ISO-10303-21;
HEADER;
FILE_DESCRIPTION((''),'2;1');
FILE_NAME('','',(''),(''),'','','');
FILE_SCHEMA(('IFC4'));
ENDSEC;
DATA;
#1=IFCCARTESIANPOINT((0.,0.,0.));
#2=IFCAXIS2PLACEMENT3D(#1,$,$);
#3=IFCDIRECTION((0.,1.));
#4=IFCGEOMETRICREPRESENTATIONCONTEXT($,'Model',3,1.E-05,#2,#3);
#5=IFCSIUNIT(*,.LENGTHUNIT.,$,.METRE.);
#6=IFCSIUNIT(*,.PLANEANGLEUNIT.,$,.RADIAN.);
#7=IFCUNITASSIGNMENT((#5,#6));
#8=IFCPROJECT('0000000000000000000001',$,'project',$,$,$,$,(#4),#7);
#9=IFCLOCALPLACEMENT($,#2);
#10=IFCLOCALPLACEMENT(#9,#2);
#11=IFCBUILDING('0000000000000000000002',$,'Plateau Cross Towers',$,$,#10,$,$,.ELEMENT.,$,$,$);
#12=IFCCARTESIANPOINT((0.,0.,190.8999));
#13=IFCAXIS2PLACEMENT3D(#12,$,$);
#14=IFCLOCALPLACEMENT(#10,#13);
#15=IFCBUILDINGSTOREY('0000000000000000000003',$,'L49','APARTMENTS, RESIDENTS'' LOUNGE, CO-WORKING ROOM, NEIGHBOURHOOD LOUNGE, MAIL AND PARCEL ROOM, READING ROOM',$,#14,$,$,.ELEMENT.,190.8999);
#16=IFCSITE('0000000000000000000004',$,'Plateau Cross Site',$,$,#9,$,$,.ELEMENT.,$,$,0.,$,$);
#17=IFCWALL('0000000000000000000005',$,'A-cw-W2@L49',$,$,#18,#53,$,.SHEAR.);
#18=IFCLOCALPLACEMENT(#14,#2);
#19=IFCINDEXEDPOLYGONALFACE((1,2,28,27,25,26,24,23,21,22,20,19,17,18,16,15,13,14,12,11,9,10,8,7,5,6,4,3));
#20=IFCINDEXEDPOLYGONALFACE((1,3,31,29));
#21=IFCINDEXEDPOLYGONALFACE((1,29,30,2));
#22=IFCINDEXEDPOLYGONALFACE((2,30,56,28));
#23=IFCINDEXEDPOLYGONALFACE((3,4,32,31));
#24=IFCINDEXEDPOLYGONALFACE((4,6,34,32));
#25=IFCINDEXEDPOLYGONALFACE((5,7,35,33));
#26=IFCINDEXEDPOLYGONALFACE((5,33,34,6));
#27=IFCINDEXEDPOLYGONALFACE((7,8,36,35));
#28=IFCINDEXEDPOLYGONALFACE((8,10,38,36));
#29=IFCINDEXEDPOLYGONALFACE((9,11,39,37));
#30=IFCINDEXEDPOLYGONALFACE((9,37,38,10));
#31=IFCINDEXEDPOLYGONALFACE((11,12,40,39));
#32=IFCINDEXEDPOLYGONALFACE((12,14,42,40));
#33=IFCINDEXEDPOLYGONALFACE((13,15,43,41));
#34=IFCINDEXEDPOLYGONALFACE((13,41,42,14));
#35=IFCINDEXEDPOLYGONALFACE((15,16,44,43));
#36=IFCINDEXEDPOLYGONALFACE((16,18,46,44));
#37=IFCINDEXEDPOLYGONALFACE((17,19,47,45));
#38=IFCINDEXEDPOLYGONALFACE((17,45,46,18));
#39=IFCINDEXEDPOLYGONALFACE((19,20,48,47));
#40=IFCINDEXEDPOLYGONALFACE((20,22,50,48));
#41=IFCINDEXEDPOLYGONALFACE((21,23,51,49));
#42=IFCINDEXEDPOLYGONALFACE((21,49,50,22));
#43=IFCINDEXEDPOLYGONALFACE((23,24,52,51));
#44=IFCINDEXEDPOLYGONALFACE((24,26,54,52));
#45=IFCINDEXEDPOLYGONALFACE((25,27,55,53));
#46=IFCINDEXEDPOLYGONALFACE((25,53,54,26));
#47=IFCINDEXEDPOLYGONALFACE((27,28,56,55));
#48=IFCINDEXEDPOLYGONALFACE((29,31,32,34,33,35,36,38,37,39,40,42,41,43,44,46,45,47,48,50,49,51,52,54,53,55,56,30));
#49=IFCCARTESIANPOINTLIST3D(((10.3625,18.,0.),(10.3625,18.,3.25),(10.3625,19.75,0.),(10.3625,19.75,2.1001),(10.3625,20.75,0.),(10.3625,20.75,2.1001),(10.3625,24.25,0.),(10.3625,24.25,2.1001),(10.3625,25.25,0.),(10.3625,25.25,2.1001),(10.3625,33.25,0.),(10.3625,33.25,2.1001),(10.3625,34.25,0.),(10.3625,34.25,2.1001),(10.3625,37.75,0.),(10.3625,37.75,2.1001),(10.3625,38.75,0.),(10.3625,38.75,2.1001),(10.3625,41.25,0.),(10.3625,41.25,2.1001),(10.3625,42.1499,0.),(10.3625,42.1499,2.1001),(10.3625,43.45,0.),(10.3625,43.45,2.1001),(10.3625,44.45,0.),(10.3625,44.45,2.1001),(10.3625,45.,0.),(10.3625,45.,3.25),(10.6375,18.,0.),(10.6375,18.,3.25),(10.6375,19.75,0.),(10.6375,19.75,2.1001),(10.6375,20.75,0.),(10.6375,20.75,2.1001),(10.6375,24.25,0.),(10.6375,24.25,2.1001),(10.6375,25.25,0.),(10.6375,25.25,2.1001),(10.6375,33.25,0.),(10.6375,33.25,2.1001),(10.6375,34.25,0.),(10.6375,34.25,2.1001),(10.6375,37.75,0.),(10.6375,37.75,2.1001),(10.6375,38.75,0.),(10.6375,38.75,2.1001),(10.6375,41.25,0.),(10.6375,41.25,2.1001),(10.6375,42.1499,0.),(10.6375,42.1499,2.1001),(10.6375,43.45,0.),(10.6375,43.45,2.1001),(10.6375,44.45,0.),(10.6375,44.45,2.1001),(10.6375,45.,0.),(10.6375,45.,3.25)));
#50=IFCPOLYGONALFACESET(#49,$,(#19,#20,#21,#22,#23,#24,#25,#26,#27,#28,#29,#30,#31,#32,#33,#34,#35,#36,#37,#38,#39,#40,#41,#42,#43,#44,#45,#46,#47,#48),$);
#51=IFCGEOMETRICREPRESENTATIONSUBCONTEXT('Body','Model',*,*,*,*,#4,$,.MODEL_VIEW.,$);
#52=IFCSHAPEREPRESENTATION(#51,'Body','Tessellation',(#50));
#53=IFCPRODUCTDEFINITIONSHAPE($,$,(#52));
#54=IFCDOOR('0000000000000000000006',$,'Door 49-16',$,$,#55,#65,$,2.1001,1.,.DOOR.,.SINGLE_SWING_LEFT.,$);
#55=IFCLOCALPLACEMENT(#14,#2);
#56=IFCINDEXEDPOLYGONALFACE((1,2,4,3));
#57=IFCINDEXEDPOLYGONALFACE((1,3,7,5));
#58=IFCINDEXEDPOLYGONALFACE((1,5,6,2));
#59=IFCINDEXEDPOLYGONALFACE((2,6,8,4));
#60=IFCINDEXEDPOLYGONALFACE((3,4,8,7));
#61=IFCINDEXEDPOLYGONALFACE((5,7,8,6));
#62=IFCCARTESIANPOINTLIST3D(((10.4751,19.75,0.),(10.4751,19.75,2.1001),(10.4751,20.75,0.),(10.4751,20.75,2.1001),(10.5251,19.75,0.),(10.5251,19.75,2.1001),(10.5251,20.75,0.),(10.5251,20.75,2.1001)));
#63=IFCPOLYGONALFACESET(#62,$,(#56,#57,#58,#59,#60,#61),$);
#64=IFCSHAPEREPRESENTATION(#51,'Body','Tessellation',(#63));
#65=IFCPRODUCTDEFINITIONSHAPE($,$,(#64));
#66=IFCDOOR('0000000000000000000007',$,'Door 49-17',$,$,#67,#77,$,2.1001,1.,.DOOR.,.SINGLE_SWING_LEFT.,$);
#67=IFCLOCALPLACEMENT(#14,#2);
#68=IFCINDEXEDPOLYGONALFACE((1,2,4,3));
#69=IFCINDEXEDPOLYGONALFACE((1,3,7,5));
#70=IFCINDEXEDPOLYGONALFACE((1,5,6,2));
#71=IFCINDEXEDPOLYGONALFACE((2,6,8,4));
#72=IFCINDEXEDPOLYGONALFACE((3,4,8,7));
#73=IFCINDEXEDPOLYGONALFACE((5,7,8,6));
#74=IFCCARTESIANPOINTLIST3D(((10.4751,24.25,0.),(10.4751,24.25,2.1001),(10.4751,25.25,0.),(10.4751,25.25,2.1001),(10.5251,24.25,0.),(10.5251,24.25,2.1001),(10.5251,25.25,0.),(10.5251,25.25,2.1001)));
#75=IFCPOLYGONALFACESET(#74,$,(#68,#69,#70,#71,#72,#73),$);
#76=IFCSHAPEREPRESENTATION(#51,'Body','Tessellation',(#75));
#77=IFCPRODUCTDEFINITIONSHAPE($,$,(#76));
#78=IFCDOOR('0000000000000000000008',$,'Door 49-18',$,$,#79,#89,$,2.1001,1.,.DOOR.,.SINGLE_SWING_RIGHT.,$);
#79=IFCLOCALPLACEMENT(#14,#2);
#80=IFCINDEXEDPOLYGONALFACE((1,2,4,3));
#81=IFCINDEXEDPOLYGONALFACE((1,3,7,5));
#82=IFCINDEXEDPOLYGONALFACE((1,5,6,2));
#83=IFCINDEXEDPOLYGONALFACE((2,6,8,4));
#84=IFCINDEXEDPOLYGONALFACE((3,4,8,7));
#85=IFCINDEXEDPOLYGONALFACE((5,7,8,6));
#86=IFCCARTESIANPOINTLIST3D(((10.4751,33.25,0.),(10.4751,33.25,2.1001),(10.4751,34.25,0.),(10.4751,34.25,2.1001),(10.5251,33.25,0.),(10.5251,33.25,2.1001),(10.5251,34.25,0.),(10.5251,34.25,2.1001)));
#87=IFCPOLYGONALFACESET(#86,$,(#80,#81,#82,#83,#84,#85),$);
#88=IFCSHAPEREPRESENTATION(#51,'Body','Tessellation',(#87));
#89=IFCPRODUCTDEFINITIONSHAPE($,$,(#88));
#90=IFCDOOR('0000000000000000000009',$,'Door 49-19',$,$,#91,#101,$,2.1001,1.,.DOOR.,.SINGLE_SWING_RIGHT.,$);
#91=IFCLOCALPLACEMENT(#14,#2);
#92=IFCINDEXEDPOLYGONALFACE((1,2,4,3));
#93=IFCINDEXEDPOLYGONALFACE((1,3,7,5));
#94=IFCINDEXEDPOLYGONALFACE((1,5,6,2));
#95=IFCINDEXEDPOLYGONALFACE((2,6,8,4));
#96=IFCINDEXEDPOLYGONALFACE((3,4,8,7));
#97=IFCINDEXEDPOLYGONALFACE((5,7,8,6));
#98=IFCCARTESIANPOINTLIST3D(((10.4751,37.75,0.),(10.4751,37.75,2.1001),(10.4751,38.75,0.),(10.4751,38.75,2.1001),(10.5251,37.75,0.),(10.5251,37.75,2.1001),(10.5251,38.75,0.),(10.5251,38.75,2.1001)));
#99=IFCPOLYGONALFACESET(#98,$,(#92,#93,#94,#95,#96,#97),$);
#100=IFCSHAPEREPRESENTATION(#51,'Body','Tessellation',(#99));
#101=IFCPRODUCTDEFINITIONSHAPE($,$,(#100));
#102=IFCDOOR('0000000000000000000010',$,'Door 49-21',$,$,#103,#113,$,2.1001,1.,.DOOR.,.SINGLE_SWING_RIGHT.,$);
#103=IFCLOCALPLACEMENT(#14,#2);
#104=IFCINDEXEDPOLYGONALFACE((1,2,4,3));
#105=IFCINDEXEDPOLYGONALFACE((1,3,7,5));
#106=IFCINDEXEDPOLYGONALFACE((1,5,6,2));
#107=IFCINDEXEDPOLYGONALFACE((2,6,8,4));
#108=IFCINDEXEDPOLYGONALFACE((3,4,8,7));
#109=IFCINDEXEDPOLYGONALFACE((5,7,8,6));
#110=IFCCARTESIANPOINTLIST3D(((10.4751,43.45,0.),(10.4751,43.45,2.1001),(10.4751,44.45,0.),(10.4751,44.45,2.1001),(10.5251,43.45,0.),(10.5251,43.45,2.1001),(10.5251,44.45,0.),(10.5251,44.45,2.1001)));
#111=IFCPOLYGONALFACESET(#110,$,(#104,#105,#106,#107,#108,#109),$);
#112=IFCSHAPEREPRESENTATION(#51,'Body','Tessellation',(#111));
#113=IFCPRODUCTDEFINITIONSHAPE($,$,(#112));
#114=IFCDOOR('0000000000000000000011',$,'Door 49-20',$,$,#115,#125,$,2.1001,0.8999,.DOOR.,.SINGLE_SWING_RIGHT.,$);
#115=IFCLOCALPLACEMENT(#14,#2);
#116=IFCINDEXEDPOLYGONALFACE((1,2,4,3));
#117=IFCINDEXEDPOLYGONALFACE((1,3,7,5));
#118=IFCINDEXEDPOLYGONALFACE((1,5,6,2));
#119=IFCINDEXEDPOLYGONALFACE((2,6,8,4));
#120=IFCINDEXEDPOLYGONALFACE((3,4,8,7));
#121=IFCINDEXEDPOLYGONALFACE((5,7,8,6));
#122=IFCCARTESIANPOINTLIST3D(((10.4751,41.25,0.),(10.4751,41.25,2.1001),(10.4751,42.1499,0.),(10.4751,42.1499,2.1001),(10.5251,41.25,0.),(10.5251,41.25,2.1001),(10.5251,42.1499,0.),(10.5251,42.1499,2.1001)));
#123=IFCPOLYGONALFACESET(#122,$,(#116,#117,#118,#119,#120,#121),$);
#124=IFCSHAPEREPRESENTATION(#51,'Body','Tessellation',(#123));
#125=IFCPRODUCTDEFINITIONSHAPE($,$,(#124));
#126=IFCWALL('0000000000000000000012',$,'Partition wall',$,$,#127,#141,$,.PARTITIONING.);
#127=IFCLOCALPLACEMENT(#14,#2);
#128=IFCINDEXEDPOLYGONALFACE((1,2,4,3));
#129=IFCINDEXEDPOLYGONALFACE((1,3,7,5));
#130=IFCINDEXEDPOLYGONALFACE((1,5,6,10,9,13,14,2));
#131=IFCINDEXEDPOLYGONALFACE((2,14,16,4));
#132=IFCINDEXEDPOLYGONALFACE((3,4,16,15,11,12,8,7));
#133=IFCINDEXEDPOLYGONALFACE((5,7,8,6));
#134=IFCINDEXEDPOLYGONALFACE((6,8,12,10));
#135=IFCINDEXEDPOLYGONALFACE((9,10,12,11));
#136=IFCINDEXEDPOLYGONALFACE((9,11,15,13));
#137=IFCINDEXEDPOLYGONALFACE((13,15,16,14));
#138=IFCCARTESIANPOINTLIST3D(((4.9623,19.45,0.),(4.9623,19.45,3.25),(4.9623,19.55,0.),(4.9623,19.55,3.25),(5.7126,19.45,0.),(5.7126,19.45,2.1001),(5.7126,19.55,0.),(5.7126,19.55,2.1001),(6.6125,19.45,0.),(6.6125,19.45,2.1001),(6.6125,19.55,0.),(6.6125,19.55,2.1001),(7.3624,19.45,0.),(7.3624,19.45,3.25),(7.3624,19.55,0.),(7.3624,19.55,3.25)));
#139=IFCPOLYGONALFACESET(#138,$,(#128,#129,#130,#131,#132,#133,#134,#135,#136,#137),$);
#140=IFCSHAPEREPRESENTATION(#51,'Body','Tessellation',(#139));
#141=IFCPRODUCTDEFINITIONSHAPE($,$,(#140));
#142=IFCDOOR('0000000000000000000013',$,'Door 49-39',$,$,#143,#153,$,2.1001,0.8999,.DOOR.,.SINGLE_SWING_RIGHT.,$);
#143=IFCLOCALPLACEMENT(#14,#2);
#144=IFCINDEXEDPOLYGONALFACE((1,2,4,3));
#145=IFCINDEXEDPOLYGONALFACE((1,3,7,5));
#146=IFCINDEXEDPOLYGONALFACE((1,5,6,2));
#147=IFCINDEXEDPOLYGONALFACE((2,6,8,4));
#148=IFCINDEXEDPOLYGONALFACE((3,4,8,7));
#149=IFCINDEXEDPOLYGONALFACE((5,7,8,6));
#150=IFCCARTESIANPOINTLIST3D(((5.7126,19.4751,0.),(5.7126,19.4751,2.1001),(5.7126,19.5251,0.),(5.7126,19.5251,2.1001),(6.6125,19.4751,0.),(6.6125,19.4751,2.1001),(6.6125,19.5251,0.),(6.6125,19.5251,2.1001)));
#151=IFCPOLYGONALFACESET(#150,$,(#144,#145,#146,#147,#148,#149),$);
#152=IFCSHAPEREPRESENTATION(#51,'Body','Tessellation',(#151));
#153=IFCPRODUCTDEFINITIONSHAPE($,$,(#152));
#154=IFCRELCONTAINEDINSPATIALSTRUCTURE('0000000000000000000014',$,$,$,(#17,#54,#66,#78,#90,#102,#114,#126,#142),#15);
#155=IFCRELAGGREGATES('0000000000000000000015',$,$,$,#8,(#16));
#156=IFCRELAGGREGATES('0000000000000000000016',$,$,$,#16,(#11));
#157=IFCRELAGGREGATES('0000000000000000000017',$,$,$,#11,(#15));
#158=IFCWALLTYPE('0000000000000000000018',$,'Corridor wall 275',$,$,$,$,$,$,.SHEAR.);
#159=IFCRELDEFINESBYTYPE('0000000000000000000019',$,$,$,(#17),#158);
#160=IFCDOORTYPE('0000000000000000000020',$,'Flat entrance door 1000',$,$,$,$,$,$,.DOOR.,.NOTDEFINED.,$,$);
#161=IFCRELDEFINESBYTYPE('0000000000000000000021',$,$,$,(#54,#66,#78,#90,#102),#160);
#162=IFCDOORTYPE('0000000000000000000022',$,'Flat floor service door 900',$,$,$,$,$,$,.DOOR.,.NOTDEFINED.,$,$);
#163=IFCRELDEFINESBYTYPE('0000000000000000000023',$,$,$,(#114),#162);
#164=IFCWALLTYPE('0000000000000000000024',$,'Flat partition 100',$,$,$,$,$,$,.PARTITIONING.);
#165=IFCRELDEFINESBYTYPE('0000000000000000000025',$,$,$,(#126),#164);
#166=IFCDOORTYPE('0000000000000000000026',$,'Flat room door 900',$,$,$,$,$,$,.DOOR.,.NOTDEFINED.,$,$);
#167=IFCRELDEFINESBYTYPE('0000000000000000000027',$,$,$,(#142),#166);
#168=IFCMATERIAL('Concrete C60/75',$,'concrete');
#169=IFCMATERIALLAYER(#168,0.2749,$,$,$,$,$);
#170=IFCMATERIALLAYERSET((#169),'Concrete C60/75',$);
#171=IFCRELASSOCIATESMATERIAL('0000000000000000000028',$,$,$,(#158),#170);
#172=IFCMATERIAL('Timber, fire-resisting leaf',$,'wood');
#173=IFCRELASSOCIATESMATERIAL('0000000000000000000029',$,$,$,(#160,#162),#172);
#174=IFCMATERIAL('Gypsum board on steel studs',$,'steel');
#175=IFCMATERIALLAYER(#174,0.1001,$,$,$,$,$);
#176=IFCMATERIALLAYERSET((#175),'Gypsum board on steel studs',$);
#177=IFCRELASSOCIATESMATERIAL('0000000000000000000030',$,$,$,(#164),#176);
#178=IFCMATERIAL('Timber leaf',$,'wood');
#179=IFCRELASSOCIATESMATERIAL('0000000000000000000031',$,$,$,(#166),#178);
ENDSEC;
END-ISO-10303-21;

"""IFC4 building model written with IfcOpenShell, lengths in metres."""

from ifc_helpers import new_model, si_unit, direction, frame, frame_2d, origin, place, context, subcontext, project, spatial, rectangle, extrude, material, layer, layer_set, type_object, element, fill, save


model = new_model("IFC4")

# Units and contexts
model_context = context("Model", 3, precision=1e-05, world=origin(), true_north=direction((0.0, 1.0)))
body_context = subcontext(model_context, "Body", "Model", "MODEL_VIEW")
ifc_project = project(units=[si_unit("LENGTHUNIT", "METRE"), si_unit("PLANEANGLEUNIT", "RADIAN")], contexts=[model_context])

# Site, building, storey
site_placement = place(None, origin())
site = spatial("IfcSite", under=ifc_project, at=site_placement, Name="Plateau Cross Site", CompositionType="ELEMENT", RefElevation=0.0)
building_placement = place(site_placement, origin())
building = spatial("IfcBuilding", under=site, at=building_placement, Name="Plateau Cross Towers", CompositionType="ELEMENT")
storey_placement = place(building_placement, frame((0.0, 0.0, 190.8999)))
storey = spatial("IfcBuildingStorey", under=building, at=storey_placement, Name="L49", Description="APARTMENTS, RESIDENTS' LOUNGE, CO-WORKING ROOM, NEIGHBOURHOOD LOUNGE, MAIL AND PARCEL ROOM, READING ROOM", CompositionType="ELEMENT", Elevation=190.8999)

# Wall, openings, doors
ifc_material_1 = material(Name="Concrete C60/75", Category="concrete")
ifc_layer_1 = layer(ifc_material_1, 0.2749)
ifc_layer_set_1 = layer_set([ifc_layer_1], Name="Concrete C60/75")
wall_type_1 = type_object("IfcWallType", Name="Corridor wall 275", PredefinedType="SHEAR", material=ifc_layer_set_1)
ifc_material_2 = material(Name="Timber, fire-resisting leaf", Category="wood")
door_type_1 = type_object("IfcDoorType", Name="Flat entrance door 1000", OperationType="NOTDEFINED", PredefinedType="DOOR", material=ifc_material_2)
wall_1_placement = place(storey_placement, frame((10.5, 18.0, 0.0), z_axis=(0.0, 0.0, 1.0), x_axis=(0.0, 1.0, 0.0)))
wall_1 = element("IfcWall", 1, at=wall_1_placement, inside=storey, type_object=wall_type_1, Name="A-cw-W2@L49", PredefinedType="SHEAR", context=body_context, shape_type="SweptSolid", body=[
    extrude(rectangle(XDim=27.0, YDim=0.2749, at=frame_2d((13.5, 0.0))), origin(), (0.0, 0.0, 1.0), 3.25),
])
opening_1_placement = place(wall_1_placement, frame((1.75, 0.0, 0.0)))
opening_1 = element("IfcOpeningElement", 2, at=opening_1_placement, cuts=wall_1, PredefinedType="OPENING", context=body_context, shape_type="SweptSolid", body=[
    extrude(rectangle(XDim=1.0, YDim=2.1001, at=frame_2d((0.5, 1.05))), frame((0.0, 0.1475, 0.0), z_axis=(0.0, -1.0, 0.0), x_axis=(1.0, 0.0, 0.0)), (0.0, 0.0, 1.0), 0.2949),
])
opening_2_placement = place(wall_1_placement, frame((6.25, 0.0, 0.0)))
opening_2 = element("IfcOpeningElement", 3, at=opening_2_placement, cuts=wall_1, PredefinedType="OPENING", context=body_context, shape_type="SweptSolid", body=[
    extrude(rectangle(XDim=1.0, YDim=2.1001, at=frame_2d((0.5, 1.05))), frame((0.0, 0.1475, 0.0), z_axis=(0.0, -1.0, 0.0), x_axis=(1.0, 0.0, 0.0)), (0.0, 0.0, 1.0), 0.2949),
])
opening_3_placement = place(wall_1_placement, frame((15.25, 0.0, 0.0)))
opening_3 = element("IfcOpeningElement", 4, at=opening_3_placement, cuts=wall_1, PredefinedType="OPENING", context=body_context, shape_type="SweptSolid", body=[
    extrude(rectangle(XDim=1.0, YDim=2.1001, at=frame_2d((0.5, 1.05))), frame((0.0, 0.1475, 0.0), z_axis=(0.0, -1.0, 0.0), x_axis=(1.0, 0.0, 0.0)), (0.0, 0.0, 1.0), 0.2949),
])
opening_4_placement = place(wall_1_placement, frame((19.75, 0.0, 0.0)))
opening_4 = element("IfcOpeningElement", 5, at=opening_4_placement, cuts=wall_1, PredefinedType="OPENING", context=body_context, shape_type="SweptSolid", body=[
    extrude(rectangle(XDim=1.0, YDim=2.1001, at=frame_2d((0.5, 1.05))), frame((0.0, 0.1475, 0.0), z_axis=(0.0, -1.0, 0.0), x_axis=(1.0, 0.0, 0.0)), (0.0, 0.0, 1.0), 0.2949),
])
opening_5_placement = place(wall_1_placement, frame((23.25, 0.0, 0.0)))
opening_5 = element("IfcOpeningElement", 6, at=opening_5_placement, cuts=wall_1, PredefinedType="OPENING", context=body_context, shape_type="SweptSolid", body=[
    extrude(rectangle(XDim=0.8999, YDim=2.1001, at=frame_2d((0.45, 1.05))), frame((0.0, 0.1475, 0.0), z_axis=(0.0, -1.0, 0.0), x_axis=(1.0, 0.0, 0.0)), (0.0, 0.0, 1.0), 0.2949),
])
opening_6_placement = place(wall_1_placement, frame((25.45, 0.0, 0.0)))
opening_6 = element("IfcOpeningElement", 7, at=opening_6_placement, cuts=wall_1, PredefinedType="OPENING", context=body_context, shape_type="SweptSolid", body=[
    extrude(rectangle(XDim=1.0, YDim=2.1001, at=frame_2d((0.5, 1.05))), frame((0.0, 0.1475, 0.0), z_axis=(0.0, -1.0, 0.0), x_axis=(1.0, 0.0, 0.0)), (0.0, 0.0, 1.0), 0.2949),
])
door_1_placement = place(opening_1_placement, origin())
door_1 = element("IfcDoor", 8, at=door_1_placement, inside=storey, type_object=door_type_1, Name="Door 49-16", OperationType="SINGLE_SWING_LEFT", OverallHeight=2.1001, OverallWidth=1.0, PredefinedType="DOOR", context=body_context, shape_type="SweptSolid", body=[
    extrude(rectangle(XDim=1.0, YDim=2.1001, at=frame_2d((0.5, 1.05))), frame((0.0, 0.0249, 0.0), z_axis=(0.0, -1.0, 0.0), x_axis=(1.0, 0.0, 0.0)), (0.0, 0.0, 1.0), 0.05),
])
fill(opening_1, door_1)
door_2_placement = place(opening_2_placement, origin())
door_2 = element("IfcDoor", 9, at=door_2_placement, inside=storey, type_object=door_type_1, Name="Door 49-17", OperationType="SINGLE_SWING_LEFT", OverallHeight=2.1001, OverallWidth=1.0, PredefinedType="DOOR", context=body_context, shape_type="SweptSolid", body=[
    extrude(rectangle(XDim=1.0, YDim=2.1001, at=frame_2d((0.5, 1.05))), frame((0.0, 0.0249, 0.0), z_axis=(0.0, -1.0, 0.0), x_axis=(1.0, 0.0, 0.0)), (0.0, 0.0, 1.0), 0.05),
])
fill(opening_2, door_2)
door_3_placement = place(opening_3_placement, origin())
door_3 = element("IfcDoor", 10, at=door_3_placement, inside=storey, type_object=door_type_1, Name="Door 49-18", OperationType="SINGLE_SWING_RIGHT", OverallHeight=2.1001, OverallWidth=1.0, PredefinedType="DOOR", context=body_context, shape_type="SweptSolid", body=[
    extrude(rectangle(XDim=1.0, YDim=2.1001, at=frame_2d((0.5, 1.05))), frame((0.0, 0.0249, 0.0), z_axis=(0.0, -1.0, 0.0), x_axis=(1.0, 0.0, 0.0)), (0.0, 0.0, 1.0), 0.05),
])
fill(opening_3, door_3)
door_4_placement = place(opening_4_placement, origin())
door_4 = element("IfcDoor", 11, at=door_4_placement, inside=storey, type_object=door_type_1, Name="Door 49-19", OperationType="SINGLE_SWING_RIGHT", OverallHeight=2.1001, OverallWidth=1.0, PredefinedType="DOOR", context=body_context, shape_type="SweptSolid", body=[
    extrude(rectangle(XDim=1.0, YDim=2.1001, at=frame_2d((0.5, 1.05))), frame((0.0, 0.0249, 0.0), z_axis=(0.0, -1.0, 0.0), x_axis=(1.0, 0.0, 0.0)), (0.0, 0.0, 1.0), 0.05),
])
fill(opening_4, door_4)
door_5_placement = place(opening_6_placement, origin())
door_5 = element("IfcDoor", 12, at=door_5_placement, inside=storey, type_object=door_type_1, Name="Door 49-21", OperationType="SINGLE_SWING_RIGHT", OverallHeight=2.1001, OverallWidth=1.0, PredefinedType="DOOR", context=body_context, shape_type="SweptSolid", body=[
    extrude(rectangle(XDim=1.0, YDim=2.1001, at=frame_2d((0.5, 1.05))), frame((0.0, 0.0249, 0.0), z_axis=(0.0, -1.0, 0.0), x_axis=(1.0, 0.0, 0.0)), (0.0, 0.0, 1.0), 0.05),
])
fill(opening_6, door_5)
door_type_2 = type_object("IfcDoorType", Name="Flat floor service door 900", OperationType="NOTDEFINED", PredefinedType="DOOR", material=ifc_material_2)
door_6_placement = place(opening_5_placement, origin())
door_6 = element("IfcDoor", 13, at=door_6_placement, inside=storey, type_object=door_type_2, Name="Door 49-20", OperationType="SINGLE_SWING_RIGHT", OverallHeight=2.1001, OverallWidth=0.8999, PredefinedType="DOOR", context=body_context, shape_type="SweptSolid", body=[
    extrude(rectangle(XDim=0.8999, YDim=2.1001, at=frame_2d((0.45, 1.05))), frame((0.0, 0.0249, 0.0), z_axis=(0.0, -1.0, 0.0), x_axis=(1.0, 0.0, 0.0)), (0.0, 0.0, 1.0), 0.05),
])
fill(opening_5, door_6)

# Wall, opening, door
ifc_material_3 = material(Name="Gypsum board on steel studs", Category="steel")
ifc_layer_2 = layer(ifc_material_3, 0.1001)
ifc_layer_set_2 = layer_set([ifc_layer_2], Name="Gypsum board on steel studs")
wall_type_2 = type_object("IfcWallType", Name="Flat partition 100", PredefinedType="PARTITIONING", material=ifc_layer_set_2)
wall_2_placement = place(storey_placement, frame((7.3625, 19.5, 0.0), z_axis=(0.0, 0.0, 1.0), x_axis=(-1.0, 0.0, 0.0)))
wall_2 = element("IfcWall", 14, at=wall_2_placement, inside=storey, type_object=wall_type_2, Name="Partition wall", PredefinedType="PARTITIONING", context=body_context, shape_type="SweptSolid", body=[
    extrude(rectangle(XDim=2.4001, YDim=0.1001, at=frame_2d((1.2002, 0.0))), origin(), (0.0, 0.0, 1.0), 3.25),
])
opening_7_placement = place(wall_2_placement, frame((0.75, 0.0, 0.0)))
opening_7 = element("IfcOpeningElement", 15, at=opening_7_placement, cuts=wall_2, PredefinedType="OPENING", context=body_context, shape_type="SweptSolid", body=[
    extrude(rectangle(XDim=0.8999, YDim=2.1001, at=frame_2d((0.45, 1.05))), frame((0.0, 0.0601, 0.0), z_axis=(0.0, -1.0, 0.0), x_axis=(1.0, 0.0, 0.0)), (0.0, 0.0, 1.0), 0.1201),
])
ifc_material_4 = material(Name="Timber leaf", Category="wood")
door_type_3 = type_object("IfcDoorType", Name="Flat room door 900", OperationType="NOTDEFINED", PredefinedType="DOOR", material=ifc_material_4)
door_7_placement = place(opening_7_placement, origin())
door_7 = element("IfcDoor", 16, at=door_7_placement, inside=storey, type_object=door_type_3, Name="Door 49-39", OperationType="SINGLE_SWING_RIGHT", OverallHeight=2.1001, OverallWidth=0.8999, PredefinedType="DOOR", context=body_context, shape_type="SweptSolid", body=[
    extrude(rectangle(XDim=0.8999, YDim=2.1001, at=frame_2d((0.45, 1.05))), frame((0.0, 0.0249, 0.0), z_axis=(0.0, -1.0, 0.0), x_axis=(1.0, 0.0, 0.0)), (0.0, 0.0, 1.0), 0.05),
])
fill(opening_7, door_7)

save(model, "model.ifc")
